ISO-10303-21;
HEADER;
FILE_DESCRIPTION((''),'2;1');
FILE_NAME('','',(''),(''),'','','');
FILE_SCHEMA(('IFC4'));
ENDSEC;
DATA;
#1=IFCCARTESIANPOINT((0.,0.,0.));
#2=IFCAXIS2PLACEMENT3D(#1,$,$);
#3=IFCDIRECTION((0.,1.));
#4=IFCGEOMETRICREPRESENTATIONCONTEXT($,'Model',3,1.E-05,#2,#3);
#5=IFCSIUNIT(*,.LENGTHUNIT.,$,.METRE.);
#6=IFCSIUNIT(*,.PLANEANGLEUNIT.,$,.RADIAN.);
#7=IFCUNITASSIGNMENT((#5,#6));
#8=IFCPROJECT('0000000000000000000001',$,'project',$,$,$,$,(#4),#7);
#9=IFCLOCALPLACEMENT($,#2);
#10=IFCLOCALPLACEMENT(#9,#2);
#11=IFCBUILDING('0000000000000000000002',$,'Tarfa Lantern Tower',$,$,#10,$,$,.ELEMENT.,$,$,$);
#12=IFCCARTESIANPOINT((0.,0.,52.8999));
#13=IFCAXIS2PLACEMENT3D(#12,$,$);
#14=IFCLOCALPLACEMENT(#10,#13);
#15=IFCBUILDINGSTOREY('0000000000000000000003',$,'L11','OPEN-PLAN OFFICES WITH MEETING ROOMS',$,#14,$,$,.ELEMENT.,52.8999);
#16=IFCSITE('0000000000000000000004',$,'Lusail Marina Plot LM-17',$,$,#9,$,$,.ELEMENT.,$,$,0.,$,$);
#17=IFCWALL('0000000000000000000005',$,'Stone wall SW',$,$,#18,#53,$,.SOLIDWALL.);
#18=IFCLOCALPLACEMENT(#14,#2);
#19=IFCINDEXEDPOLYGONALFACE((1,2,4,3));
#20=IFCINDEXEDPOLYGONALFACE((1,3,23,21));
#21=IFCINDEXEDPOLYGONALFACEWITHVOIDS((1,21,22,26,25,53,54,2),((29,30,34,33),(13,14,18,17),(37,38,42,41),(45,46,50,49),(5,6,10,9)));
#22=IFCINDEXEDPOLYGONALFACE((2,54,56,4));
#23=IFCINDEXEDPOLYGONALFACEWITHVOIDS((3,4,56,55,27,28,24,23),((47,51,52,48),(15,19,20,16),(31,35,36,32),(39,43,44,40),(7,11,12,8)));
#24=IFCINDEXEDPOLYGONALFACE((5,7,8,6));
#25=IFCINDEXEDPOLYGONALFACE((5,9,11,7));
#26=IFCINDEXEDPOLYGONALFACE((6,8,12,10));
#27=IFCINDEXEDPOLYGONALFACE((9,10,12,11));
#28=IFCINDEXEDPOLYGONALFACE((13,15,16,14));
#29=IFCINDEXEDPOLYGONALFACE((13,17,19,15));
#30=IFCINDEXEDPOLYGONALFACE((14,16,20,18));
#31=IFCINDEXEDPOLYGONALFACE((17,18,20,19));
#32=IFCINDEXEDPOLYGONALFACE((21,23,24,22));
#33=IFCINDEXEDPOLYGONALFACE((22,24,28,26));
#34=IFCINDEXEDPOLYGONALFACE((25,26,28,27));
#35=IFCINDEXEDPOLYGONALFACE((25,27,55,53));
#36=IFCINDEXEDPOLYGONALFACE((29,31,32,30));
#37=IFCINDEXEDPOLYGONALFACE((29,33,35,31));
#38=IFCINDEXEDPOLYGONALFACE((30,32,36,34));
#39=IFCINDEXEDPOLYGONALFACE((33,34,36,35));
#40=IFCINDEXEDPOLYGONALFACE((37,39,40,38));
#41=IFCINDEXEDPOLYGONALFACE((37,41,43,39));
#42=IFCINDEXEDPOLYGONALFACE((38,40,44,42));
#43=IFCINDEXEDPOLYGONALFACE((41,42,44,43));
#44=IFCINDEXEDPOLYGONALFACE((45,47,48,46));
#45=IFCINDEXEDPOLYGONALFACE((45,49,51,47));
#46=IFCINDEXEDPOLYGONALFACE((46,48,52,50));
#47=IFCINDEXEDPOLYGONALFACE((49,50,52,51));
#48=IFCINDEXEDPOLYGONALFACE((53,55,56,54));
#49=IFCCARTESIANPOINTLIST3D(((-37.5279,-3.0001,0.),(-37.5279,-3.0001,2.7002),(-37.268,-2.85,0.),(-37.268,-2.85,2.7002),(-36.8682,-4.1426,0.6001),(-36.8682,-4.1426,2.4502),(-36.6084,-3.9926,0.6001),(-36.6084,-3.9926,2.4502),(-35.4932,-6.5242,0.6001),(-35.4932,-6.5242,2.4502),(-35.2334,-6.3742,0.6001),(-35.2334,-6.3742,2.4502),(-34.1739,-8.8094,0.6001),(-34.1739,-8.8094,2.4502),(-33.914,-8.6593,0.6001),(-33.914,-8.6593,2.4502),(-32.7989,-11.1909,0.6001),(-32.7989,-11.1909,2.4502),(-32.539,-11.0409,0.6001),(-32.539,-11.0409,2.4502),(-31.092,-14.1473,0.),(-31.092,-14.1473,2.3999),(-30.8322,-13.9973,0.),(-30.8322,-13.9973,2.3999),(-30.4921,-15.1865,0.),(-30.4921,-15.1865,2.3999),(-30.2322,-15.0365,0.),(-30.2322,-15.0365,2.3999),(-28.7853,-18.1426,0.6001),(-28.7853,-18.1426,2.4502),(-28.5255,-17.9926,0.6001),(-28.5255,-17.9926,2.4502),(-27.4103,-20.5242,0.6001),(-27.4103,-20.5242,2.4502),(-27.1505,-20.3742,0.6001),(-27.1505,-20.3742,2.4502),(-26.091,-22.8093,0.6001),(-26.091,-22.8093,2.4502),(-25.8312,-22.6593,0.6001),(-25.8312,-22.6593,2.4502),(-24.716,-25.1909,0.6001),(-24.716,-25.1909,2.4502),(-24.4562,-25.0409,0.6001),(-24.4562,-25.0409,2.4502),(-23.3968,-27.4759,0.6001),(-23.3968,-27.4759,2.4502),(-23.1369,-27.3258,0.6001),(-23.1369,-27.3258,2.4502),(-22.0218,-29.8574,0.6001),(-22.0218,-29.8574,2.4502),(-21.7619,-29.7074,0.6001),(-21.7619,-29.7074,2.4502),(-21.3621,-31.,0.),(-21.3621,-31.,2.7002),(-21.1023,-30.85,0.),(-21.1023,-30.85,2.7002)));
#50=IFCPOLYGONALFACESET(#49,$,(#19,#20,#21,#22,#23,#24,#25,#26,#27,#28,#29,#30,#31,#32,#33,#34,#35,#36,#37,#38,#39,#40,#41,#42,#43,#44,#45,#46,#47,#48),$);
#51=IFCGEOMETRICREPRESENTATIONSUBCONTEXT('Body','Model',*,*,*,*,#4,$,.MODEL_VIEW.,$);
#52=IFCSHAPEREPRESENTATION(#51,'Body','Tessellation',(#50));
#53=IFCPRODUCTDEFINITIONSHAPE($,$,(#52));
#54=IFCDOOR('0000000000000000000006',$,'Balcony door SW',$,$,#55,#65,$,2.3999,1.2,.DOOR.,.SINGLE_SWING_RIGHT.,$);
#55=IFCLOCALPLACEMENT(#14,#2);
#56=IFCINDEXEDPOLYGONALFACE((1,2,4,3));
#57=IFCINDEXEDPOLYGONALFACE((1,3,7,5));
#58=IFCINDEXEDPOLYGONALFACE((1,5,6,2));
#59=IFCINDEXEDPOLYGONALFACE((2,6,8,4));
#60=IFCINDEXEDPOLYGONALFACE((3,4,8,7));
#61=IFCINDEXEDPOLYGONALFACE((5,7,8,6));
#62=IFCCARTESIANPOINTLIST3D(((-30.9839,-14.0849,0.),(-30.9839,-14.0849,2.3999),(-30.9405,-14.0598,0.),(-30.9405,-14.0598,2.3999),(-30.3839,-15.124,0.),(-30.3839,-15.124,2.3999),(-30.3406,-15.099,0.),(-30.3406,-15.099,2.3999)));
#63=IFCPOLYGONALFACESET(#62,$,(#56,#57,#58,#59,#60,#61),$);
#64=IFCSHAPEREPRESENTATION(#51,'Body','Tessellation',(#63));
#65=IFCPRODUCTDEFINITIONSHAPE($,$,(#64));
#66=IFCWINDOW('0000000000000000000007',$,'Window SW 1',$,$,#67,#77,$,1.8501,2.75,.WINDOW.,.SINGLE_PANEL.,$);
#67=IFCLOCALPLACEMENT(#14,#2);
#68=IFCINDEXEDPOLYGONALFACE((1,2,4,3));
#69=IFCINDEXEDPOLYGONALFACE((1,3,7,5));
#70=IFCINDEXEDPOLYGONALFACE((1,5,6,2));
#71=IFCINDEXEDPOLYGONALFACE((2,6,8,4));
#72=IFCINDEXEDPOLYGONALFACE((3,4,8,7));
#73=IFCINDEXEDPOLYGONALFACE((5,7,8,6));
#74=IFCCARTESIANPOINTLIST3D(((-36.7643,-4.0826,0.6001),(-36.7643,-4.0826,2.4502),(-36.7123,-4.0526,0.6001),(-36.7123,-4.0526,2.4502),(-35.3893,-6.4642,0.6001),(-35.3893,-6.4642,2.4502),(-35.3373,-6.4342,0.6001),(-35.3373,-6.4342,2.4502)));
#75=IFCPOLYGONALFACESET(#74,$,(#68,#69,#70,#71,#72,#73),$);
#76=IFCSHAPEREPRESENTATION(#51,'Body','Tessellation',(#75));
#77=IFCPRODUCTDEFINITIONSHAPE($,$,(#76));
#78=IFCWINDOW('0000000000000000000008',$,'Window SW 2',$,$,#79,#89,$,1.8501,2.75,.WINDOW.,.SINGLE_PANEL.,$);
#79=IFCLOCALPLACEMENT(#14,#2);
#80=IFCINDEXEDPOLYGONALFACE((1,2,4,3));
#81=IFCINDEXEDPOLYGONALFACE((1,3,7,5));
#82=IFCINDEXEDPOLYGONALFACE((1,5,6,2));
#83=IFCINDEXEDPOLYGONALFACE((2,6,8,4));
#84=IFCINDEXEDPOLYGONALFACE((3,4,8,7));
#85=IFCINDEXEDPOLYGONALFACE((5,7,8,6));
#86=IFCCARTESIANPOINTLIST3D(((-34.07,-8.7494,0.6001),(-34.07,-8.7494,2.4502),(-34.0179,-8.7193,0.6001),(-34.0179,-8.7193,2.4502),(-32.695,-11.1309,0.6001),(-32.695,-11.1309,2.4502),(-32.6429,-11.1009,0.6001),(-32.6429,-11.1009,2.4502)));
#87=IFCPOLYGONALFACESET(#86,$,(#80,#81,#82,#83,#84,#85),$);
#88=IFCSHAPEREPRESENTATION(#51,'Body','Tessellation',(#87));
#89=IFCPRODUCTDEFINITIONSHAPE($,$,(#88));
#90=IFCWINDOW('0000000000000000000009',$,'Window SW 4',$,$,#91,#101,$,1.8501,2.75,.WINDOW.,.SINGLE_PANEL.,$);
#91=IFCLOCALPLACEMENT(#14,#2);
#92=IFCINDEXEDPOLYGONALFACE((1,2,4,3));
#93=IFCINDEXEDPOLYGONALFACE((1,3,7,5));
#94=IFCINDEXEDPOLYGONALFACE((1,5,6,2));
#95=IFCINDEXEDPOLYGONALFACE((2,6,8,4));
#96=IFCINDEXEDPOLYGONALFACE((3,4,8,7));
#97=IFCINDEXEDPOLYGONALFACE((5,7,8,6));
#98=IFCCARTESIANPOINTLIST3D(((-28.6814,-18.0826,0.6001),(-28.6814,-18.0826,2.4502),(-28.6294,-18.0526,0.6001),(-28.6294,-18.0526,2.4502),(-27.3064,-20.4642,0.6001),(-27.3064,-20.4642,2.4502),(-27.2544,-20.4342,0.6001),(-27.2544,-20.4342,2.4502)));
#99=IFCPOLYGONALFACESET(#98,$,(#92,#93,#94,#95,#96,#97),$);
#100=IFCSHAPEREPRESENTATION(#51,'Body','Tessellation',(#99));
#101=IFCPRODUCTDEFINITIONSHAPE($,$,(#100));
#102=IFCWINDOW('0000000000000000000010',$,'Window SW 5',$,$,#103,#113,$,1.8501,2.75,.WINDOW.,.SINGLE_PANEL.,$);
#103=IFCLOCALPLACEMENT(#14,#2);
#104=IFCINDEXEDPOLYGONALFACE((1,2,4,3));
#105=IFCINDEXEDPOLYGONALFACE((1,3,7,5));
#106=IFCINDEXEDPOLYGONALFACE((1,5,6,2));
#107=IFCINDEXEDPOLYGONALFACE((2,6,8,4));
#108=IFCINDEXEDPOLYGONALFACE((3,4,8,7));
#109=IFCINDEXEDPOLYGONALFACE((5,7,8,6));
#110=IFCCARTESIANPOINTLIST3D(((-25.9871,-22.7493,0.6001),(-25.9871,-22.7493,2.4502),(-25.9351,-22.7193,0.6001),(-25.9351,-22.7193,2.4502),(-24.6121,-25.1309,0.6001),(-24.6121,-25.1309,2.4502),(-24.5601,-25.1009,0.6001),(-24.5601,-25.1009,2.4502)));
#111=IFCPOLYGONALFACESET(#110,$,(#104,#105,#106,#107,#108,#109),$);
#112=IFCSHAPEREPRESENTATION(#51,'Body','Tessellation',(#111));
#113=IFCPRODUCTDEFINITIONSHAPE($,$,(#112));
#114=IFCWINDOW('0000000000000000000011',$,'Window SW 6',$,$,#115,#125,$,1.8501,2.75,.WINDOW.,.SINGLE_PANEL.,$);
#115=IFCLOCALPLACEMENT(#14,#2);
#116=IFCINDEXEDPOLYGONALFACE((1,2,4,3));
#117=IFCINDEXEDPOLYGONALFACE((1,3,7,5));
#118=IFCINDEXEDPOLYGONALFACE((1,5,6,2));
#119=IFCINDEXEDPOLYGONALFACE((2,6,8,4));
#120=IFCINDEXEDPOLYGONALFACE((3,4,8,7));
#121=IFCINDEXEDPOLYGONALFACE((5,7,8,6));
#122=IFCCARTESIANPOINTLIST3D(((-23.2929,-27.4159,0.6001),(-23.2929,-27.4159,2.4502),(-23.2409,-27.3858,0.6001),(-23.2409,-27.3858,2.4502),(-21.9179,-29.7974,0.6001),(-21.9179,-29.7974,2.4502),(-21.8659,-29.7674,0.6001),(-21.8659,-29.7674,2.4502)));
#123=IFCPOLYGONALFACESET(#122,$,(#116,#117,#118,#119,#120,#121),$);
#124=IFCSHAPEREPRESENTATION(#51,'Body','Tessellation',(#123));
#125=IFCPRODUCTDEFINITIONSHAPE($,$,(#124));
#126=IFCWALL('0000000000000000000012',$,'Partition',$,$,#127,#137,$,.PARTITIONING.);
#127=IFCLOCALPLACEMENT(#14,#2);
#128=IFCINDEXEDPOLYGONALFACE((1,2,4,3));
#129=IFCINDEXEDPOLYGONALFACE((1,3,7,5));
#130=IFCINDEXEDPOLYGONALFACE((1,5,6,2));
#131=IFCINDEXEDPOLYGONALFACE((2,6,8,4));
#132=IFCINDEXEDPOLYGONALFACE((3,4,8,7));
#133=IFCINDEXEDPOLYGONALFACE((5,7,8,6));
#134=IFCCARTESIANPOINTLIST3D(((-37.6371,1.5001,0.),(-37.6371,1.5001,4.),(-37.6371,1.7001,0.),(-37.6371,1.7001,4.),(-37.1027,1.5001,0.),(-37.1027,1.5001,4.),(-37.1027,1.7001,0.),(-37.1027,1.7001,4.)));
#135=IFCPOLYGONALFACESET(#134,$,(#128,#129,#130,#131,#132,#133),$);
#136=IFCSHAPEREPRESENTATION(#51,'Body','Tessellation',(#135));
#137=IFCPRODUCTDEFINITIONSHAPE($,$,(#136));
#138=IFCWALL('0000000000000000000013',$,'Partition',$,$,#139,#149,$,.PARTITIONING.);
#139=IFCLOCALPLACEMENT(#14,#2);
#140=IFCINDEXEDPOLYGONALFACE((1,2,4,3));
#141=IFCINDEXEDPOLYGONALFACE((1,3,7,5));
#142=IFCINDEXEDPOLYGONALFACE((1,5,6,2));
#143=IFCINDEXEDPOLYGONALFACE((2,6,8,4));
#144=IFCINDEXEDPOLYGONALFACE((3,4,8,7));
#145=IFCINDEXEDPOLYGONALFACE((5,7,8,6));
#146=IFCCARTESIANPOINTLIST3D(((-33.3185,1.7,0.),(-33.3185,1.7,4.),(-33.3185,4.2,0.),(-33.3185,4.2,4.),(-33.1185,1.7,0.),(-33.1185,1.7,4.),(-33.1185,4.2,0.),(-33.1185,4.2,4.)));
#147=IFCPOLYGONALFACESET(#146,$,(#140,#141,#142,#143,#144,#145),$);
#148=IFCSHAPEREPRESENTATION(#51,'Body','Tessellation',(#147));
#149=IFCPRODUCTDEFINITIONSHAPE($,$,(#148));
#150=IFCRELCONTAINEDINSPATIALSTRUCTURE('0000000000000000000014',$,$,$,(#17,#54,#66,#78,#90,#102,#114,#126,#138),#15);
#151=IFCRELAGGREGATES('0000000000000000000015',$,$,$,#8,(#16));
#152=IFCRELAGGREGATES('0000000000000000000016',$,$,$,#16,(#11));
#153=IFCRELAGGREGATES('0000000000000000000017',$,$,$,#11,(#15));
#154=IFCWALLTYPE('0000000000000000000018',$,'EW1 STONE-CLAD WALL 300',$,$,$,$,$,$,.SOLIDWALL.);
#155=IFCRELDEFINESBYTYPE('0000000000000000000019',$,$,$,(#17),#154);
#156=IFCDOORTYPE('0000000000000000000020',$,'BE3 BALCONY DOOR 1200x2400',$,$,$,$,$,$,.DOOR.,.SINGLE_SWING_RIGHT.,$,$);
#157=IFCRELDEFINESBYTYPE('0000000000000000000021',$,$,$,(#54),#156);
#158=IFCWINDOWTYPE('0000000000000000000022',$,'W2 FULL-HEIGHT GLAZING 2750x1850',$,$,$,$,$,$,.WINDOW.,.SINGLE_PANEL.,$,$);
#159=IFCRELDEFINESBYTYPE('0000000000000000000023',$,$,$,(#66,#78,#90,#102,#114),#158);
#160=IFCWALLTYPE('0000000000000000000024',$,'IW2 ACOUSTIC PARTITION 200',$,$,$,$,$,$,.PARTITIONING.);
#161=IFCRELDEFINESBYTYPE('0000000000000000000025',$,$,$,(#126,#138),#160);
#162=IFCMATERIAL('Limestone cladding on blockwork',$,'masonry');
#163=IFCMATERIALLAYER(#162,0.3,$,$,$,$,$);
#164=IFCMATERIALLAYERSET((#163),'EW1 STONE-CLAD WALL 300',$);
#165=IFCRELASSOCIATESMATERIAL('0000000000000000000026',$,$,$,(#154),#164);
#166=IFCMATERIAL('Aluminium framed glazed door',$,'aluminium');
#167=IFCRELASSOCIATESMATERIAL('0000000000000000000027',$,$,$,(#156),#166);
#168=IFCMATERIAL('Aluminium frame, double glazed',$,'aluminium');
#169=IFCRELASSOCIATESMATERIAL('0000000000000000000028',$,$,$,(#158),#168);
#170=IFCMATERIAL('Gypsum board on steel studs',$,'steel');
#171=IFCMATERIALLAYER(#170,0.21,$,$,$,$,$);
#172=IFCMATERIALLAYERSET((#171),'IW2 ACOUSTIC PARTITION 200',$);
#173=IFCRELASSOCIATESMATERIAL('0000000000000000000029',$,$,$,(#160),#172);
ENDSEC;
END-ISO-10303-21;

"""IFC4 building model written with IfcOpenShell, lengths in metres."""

from ifc_helpers import new_model, si_unit, direction, frame, frame_2d, origin, place, context, subcontext, project, spatial, rectangle, extrude, material, layer, layer_set, type_object, element, fill, save


model = new_model("IFC4")

# Units and contexts
model_context = context("Model", 3, precision=1e-05, world=origin(), true_north=direction((0.0, 1.0)))
body_context = subcontext(model_context, "Body", "Model", "MODEL_VIEW")
ifc_project = project(units=[si_unit("LENGTHUNIT", "METRE"), si_unit("PLANEANGLEUNIT", "RADIAN")], contexts=[model_context])

# Site, building, storey
site_placement = place(None, origin())
site = spatial("IfcSite", under=ifc_project, at=site_placement, Name="Lusail Marina Plot LM-17", CompositionType="ELEMENT", RefElevation=0.0)
building_placement = place(site_placement, origin())
building = spatial("IfcBuilding", under=site, at=building_placement, Name="Tarfa Lantern Tower", CompositionType="ELEMENT")
storey_placement = place(building_placement, frame((0.0, 0.0, 52.8999)))
storey = spatial("IfcBuildingStorey", under=building, at=storey_placement, Name="L11", Description="OPEN-PLAN OFFICES WITH MEETING ROOMS", CompositionType="ELEMENT", Elevation=52.8999)

# Wall, openings, door, windows
ifc_material_1 = material(Name="Limestone cladding on blockwork", Category="masonry")
ifc_layer_1 = layer(ifc_material_1, 0.3)
ifc_layer_set_1 = layer_set([ifc_layer_1], Name="EW1 STONE-CLAD WALL 300")
wall_type_1 = type_object("IfcWallType", Name="EW1 STONE-CLAD WALL 300", PredefinedType="SOLIDWALL", material=ifc_layer_set_1)
wall_1_placement = place(storey_placement, frame((-37.3979, -2.925, 0.0), z_axis=(0.0, 0.0, 1.0), x_axis=(0.499999, -0.866026, 0.0)))
wall_1 = element("IfcWall", 1, at=wall_1_placement, inside=storey, type_object=wall_type_1, Name="Stone wall SW", PredefinedType="SOLIDWALL", context=body_context, shape_type="SweptSolid", body=[
    extrude(rectangle(XDim=32.3315, YDim=0.3, at=frame_2d((16.1658, 0.0))), origin(), (0.0, 0.0, 1.0), 2.7002),
])
opening_1_placement = place(wall_1_placement, frame((1.3193, 0.0, 0.6001)))
opening_1 = element("IfcOpeningElement", 2, at=opening_1_placement, cuts=wall_1, PredefinedType="OPENING", context=body_context, shape_type="SweptSolid", body=[
    extrude(rectangle(XDim=2.75, YDim=1.8501, at=frame_2d((1.375, 0.925))), frame((0.0, 0.1599, 0.0), z_axis=(0.0, -1.0, 0.0), x_axis=(1.0, 0.0, 0.0)), (0.0, 0.0, 1.0), 0.3201),
])
opening_2_placement = place(wall_1_placement, frame((6.708, 0.0, 0.6001)))
opening_2 = element("IfcOpeningElement", 3, at=opening_2_placement, cuts=wall_1, PredefinedType="OPENING", context=body_context, shape_type="SweptSolid", body=[
    extrude(rectangle(XDim=2.75, YDim=1.8501, at=frame_2d((1.375, 0.925))), frame((0.0, 0.1599, 0.0), z_axis=(0.0, -1.0, 0.0), x_axis=(1.0, 0.0, 0.0)), (0.0, 0.0, 1.0), 0.3201),
])
opening_3_placement = place(wall_1_placement, frame((12.8716, 0.0, 0.0)))
opening_3 = element("IfcOpeningElement", 4, at=opening_3_placement, cuts=wall_1, PredefinedType="OPENING", context=body_context, shape_type="SweptSolid", body=[
    extrude(rectangle(XDim=1.2, YDim=2.3999, at=frame_2d((0.6001, 1.2))), frame((0.0, 0.1599, 0.0), z_axis=(0.0, -1.0, 0.0), x_axis=(1.0, 0.0, 0.0)), (0.0, 0.0, 1.0), 0.3201),
])
opening_4_placement = place(wall_1_placement, frame((17.4851, 0.0, 0.6001)))
opening_4 = element("IfcOpeningElement", 5, at=opening_4_placement, cuts=wall_1, PredefinedType="OPENING", context=body_context, shape_type="SweptSolid", body=[
    extrude(rectangle(XDim=2.75, YDim=1.8501, at=frame_2d((1.375, 0.925))), frame((0.0, 0.1599, 0.0), z_axis=(0.0, -1.0, 0.0), x_axis=(1.0, 0.0, 0.0)), (0.0, 0.0, 1.0), 0.3201),
])
opening_5_placement = place(wall_1_placement, frame((22.8738, 0.0, 0.6001)))
opening_5 = element("IfcOpeningElement", 6, at=opening_5_placement, cuts=wall_1, PredefinedType="OPENING", context=body_context, shape_type="SweptSolid", body=[
    extrude(rectangle(XDim=2.75, YDim=1.8501, at=frame_2d((1.375, 0.925))), frame((0.0, 0.1599, 0.0), z_axis=(0.0, -1.0, 0.0), x_axis=(1.0, 0.0, 0.0)), (0.0, 0.0, 1.0), 0.3201),
])
opening_6_placement = place(wall_1_placement, frame((28.2622, 0.0, 0.6001)))
opening_6 = element("IfcOpeningElement", 7, at=opening_6_placement, cuts=wall_1, PredefinedType="OPENING", context=body_context, shape_type="SweptSolid", body=[
    extrude(rectangle(XDim=2.75, YDim=1.8501, at=frame_2d((1.375, 0.925))), frame((0.0, 0.1599, 0.0), z_axis=(0.0, -1.0, 0.0), x_axis=(1.0, 0.0, 0.0)), (0.0, 0.0, 1.0), 0.3201),
])
ifc_material_2 = material(Name="Aluminium framed glazed door", Category="aluminium")
door_type = type_object("IfcDoorType", Name="BE3 BALCONY DOOR 1200x2400", OperationType="SINGLE_SWING_RIGHT", PredefinedType="DOOR", material=ifc_material_2)
door_placement = place(opening_3_placement, origin())
door = element("IfcDoor", 8, at=door_placement, inside=storey, type_object=door_type, Name="Balcony door SW", OperationType="SINGLE_SWING_RIGHT", OverallHeight=2.3999, OverallWidth=1.2, PredefinedType="DOOR", context=body_context, shape_type="SweptSolid", body=[
    extrude(rectangle(XDim=1.2, YDim=2.3999, at=frame_2d((0.6001, 1.2))), frame((0.0, 0.0249, 0.0), z_axis=(0.0, -1.0, 0.0), x_axis=(1.0, 0.0, 0.0)), (0.0, 0.0, 1.0), 0.05),
])
fill(opening_3, door)
ifc_material_3 = material(Name="Aluminium frame, double glazed", Category="aluminium")
window_type = type_object("IfcWindowType", Name="W2 FULL-HEIGHT GLAZING 2750x1850", PartitioningType="SINGLE_PANEL", PredefinedType="WINDOW", material=ifc_material_3)
window_1_placement = place(opening_1_placement, origin())
window_1 = element("IfcWindow", 9, at=window_1_placement, inside=storey, type_object=window_type, Name="Window SW 1", OverallHeight=1.8501, OverallWidth=2.75, PartitioningType="SINGLE_PANEL", PredefinedType="WINDOW", context=body_context, shape_type="SweptSolid", body=[
    extrude(rectangle(XDim=2.75, YDim=1.8501, at=frame_2d((1.375, 0.925))), frame((0.0, 0.03, 0.0), z_axis=(0.0, -1.0, 0.0), x_axis=(1.0, 0.0, 0.0)), (0.0, 0.0, 1.0), 0.0601),
])
fill(opening_1, window_1)
window_2_placement = place(opening_2_placement, origin())
window_2 = element("IfcWindow", 10, at=window_2_placement, inside=storey, type_object=window_type, Name="Window SW 2", OverallHeight=1.8501, OverallWidth=2.75, PartitioningType="SINGLE_PANEL", PredefinedType="WINDOW", context=body_context, shape_type="SweptSolid", body=[
    extrude(rectangle(XDim=2.75, YDim=1.8501, at=frame_2d((1.375, 0.925))), frame((0.0, 0.03, 0.0), z_axis=(0.0, -1.0, 0.0), x_axis=(1.0, 0.0, 0.0)), (0.0, 0.0, 1.0), 0.0601),
])
fill(opening_2, window_2)
window_3_placement = place(opening_4_placement, origin())
window_3 = element("IfcWindow", 11, at=window_3_placement, inside=storey, type_object=window_type, Name="Window SW 4", OverallHeight=1.8501, OverallWidth=2.75, PartitioningType="SINGLE_PANEL", PredefinedType="WINDOW", context=body_context, shape_type="SweptSolid", body=[
    extrude(rectangle(XDim=2.75, YDim=1.8501, at=frame_2d((1.375, 0.925))), frame((0.0, 0.03, 0.0), z_axis=(0.0, -1.0, 0.0), x_axis=(1.0, 0.0, 0.0)), (0.0, 0.0, 1.0), 0.0601),
])
fill(opening_4, window_3)
window_4_placement = place(opening_5_placement, origin())
window_4 = element("IfcWindow", 12, at=window_4_placement, inside=storey, type_object=window_type, Name="Window SW 5", OverallHeight=1.8501, OverallWidth=2.75, PartitioningType="SINGLE_PANEL", PredefinedType="WINDOW", context=body_context, shape_type="SweptSolid", body=[
    extrude(rectangle(XDim=2.75, YDim=1.8501, at=frame_2d((1.375, 0.925))), frame((0.0, 0.03, 0.0), z_axis=(0.0, -1.0, 0.0), x_axis=(1.0, 0.0, 0.0)), (0.0, 0.0, 1.0), 0.0601),
])
fill(opening_5, window_4)
window_5_placement = place(opening_6_placement, origin())
window_5 = element("IfcWindow", 13, at=window_5_placement, inside=storey, type_object=window_type, Name="Window SW 6", OverallHeight=1.8501, OverallWidth=2.75, PartitioningType="SINGLE_PANEL", PredefinedType="WINDOW", context=body_context, shape_type="SweptSolid", body=[
    extrude(rectangle(XDim=2.75, YDim=1.8501, at=frame_2d((1.375, 0.925))), frame((0.0, 0.03, 0.0), z_axis=(0.0, -1.0, 0.0), x_axis=(1.0, 0.0, 0.0)), (0.0, 0.0, 1.0), 0.0601),
])
fill(opening_6, window_5)

# Walls
ifc_material_4 = material(Name="Gypsum board on steel studs", Category="steel")
ifc_layer_2 = layer(ifc_material_4, 0.21)
ifc_layer_set_2 = layer_set([ifc_layer_2], Name="IW2 ACOUSTIC PARTITION 200")
wall_type_2 = type_object("IfcWallType", Name="IW2 ACOUSTIC PARTITION 200", PredefinedType="PARTITIONING", material=ifc_layer_set_2)
wall_2_placement = place(storey_placement, frame((-37.1028, 1.6001, 0.0), z_axis=(0.0, 0.0, 1.0), x_axis=(-1.0, 0.0, 0.0)))
element("IfcWall", 14, at=wall_2_placement, inside=storey, type_object=wall_type_2, Name="Partition", PredefinedType="PARTITIONING", context=body_context, shape_type="SweptSolid", body=[
    extrude(rectangle(XDim=0.5344, YDim=0.2, at=frame_2d((0.2671, 0.0))), origin(), (0.0, 0.0, 1.0), 4.0),
])
wall_3_placement = place(storey_placement, frame((-33.2185, 1.7, 0.0), z_axis=(0.0, 0.0, 1.0), x_axis=(0.0, 1.0, 0.0)))
element("IfcWall", 15, at=wall_3_placement, inside=storey, type_object=wall_type_2, Name="Partition", PredefinedType="PARTITIONING", context=body_context, shape_type="SweptSolid", body=[
    extrude(rectangle(XDim=2.5, YDim=0.2, at=frame_2d((1.25, 0.0))), origin(), (0.0, 0.0, 1.0), 4.0),
])

save(model, "model.ifc")
